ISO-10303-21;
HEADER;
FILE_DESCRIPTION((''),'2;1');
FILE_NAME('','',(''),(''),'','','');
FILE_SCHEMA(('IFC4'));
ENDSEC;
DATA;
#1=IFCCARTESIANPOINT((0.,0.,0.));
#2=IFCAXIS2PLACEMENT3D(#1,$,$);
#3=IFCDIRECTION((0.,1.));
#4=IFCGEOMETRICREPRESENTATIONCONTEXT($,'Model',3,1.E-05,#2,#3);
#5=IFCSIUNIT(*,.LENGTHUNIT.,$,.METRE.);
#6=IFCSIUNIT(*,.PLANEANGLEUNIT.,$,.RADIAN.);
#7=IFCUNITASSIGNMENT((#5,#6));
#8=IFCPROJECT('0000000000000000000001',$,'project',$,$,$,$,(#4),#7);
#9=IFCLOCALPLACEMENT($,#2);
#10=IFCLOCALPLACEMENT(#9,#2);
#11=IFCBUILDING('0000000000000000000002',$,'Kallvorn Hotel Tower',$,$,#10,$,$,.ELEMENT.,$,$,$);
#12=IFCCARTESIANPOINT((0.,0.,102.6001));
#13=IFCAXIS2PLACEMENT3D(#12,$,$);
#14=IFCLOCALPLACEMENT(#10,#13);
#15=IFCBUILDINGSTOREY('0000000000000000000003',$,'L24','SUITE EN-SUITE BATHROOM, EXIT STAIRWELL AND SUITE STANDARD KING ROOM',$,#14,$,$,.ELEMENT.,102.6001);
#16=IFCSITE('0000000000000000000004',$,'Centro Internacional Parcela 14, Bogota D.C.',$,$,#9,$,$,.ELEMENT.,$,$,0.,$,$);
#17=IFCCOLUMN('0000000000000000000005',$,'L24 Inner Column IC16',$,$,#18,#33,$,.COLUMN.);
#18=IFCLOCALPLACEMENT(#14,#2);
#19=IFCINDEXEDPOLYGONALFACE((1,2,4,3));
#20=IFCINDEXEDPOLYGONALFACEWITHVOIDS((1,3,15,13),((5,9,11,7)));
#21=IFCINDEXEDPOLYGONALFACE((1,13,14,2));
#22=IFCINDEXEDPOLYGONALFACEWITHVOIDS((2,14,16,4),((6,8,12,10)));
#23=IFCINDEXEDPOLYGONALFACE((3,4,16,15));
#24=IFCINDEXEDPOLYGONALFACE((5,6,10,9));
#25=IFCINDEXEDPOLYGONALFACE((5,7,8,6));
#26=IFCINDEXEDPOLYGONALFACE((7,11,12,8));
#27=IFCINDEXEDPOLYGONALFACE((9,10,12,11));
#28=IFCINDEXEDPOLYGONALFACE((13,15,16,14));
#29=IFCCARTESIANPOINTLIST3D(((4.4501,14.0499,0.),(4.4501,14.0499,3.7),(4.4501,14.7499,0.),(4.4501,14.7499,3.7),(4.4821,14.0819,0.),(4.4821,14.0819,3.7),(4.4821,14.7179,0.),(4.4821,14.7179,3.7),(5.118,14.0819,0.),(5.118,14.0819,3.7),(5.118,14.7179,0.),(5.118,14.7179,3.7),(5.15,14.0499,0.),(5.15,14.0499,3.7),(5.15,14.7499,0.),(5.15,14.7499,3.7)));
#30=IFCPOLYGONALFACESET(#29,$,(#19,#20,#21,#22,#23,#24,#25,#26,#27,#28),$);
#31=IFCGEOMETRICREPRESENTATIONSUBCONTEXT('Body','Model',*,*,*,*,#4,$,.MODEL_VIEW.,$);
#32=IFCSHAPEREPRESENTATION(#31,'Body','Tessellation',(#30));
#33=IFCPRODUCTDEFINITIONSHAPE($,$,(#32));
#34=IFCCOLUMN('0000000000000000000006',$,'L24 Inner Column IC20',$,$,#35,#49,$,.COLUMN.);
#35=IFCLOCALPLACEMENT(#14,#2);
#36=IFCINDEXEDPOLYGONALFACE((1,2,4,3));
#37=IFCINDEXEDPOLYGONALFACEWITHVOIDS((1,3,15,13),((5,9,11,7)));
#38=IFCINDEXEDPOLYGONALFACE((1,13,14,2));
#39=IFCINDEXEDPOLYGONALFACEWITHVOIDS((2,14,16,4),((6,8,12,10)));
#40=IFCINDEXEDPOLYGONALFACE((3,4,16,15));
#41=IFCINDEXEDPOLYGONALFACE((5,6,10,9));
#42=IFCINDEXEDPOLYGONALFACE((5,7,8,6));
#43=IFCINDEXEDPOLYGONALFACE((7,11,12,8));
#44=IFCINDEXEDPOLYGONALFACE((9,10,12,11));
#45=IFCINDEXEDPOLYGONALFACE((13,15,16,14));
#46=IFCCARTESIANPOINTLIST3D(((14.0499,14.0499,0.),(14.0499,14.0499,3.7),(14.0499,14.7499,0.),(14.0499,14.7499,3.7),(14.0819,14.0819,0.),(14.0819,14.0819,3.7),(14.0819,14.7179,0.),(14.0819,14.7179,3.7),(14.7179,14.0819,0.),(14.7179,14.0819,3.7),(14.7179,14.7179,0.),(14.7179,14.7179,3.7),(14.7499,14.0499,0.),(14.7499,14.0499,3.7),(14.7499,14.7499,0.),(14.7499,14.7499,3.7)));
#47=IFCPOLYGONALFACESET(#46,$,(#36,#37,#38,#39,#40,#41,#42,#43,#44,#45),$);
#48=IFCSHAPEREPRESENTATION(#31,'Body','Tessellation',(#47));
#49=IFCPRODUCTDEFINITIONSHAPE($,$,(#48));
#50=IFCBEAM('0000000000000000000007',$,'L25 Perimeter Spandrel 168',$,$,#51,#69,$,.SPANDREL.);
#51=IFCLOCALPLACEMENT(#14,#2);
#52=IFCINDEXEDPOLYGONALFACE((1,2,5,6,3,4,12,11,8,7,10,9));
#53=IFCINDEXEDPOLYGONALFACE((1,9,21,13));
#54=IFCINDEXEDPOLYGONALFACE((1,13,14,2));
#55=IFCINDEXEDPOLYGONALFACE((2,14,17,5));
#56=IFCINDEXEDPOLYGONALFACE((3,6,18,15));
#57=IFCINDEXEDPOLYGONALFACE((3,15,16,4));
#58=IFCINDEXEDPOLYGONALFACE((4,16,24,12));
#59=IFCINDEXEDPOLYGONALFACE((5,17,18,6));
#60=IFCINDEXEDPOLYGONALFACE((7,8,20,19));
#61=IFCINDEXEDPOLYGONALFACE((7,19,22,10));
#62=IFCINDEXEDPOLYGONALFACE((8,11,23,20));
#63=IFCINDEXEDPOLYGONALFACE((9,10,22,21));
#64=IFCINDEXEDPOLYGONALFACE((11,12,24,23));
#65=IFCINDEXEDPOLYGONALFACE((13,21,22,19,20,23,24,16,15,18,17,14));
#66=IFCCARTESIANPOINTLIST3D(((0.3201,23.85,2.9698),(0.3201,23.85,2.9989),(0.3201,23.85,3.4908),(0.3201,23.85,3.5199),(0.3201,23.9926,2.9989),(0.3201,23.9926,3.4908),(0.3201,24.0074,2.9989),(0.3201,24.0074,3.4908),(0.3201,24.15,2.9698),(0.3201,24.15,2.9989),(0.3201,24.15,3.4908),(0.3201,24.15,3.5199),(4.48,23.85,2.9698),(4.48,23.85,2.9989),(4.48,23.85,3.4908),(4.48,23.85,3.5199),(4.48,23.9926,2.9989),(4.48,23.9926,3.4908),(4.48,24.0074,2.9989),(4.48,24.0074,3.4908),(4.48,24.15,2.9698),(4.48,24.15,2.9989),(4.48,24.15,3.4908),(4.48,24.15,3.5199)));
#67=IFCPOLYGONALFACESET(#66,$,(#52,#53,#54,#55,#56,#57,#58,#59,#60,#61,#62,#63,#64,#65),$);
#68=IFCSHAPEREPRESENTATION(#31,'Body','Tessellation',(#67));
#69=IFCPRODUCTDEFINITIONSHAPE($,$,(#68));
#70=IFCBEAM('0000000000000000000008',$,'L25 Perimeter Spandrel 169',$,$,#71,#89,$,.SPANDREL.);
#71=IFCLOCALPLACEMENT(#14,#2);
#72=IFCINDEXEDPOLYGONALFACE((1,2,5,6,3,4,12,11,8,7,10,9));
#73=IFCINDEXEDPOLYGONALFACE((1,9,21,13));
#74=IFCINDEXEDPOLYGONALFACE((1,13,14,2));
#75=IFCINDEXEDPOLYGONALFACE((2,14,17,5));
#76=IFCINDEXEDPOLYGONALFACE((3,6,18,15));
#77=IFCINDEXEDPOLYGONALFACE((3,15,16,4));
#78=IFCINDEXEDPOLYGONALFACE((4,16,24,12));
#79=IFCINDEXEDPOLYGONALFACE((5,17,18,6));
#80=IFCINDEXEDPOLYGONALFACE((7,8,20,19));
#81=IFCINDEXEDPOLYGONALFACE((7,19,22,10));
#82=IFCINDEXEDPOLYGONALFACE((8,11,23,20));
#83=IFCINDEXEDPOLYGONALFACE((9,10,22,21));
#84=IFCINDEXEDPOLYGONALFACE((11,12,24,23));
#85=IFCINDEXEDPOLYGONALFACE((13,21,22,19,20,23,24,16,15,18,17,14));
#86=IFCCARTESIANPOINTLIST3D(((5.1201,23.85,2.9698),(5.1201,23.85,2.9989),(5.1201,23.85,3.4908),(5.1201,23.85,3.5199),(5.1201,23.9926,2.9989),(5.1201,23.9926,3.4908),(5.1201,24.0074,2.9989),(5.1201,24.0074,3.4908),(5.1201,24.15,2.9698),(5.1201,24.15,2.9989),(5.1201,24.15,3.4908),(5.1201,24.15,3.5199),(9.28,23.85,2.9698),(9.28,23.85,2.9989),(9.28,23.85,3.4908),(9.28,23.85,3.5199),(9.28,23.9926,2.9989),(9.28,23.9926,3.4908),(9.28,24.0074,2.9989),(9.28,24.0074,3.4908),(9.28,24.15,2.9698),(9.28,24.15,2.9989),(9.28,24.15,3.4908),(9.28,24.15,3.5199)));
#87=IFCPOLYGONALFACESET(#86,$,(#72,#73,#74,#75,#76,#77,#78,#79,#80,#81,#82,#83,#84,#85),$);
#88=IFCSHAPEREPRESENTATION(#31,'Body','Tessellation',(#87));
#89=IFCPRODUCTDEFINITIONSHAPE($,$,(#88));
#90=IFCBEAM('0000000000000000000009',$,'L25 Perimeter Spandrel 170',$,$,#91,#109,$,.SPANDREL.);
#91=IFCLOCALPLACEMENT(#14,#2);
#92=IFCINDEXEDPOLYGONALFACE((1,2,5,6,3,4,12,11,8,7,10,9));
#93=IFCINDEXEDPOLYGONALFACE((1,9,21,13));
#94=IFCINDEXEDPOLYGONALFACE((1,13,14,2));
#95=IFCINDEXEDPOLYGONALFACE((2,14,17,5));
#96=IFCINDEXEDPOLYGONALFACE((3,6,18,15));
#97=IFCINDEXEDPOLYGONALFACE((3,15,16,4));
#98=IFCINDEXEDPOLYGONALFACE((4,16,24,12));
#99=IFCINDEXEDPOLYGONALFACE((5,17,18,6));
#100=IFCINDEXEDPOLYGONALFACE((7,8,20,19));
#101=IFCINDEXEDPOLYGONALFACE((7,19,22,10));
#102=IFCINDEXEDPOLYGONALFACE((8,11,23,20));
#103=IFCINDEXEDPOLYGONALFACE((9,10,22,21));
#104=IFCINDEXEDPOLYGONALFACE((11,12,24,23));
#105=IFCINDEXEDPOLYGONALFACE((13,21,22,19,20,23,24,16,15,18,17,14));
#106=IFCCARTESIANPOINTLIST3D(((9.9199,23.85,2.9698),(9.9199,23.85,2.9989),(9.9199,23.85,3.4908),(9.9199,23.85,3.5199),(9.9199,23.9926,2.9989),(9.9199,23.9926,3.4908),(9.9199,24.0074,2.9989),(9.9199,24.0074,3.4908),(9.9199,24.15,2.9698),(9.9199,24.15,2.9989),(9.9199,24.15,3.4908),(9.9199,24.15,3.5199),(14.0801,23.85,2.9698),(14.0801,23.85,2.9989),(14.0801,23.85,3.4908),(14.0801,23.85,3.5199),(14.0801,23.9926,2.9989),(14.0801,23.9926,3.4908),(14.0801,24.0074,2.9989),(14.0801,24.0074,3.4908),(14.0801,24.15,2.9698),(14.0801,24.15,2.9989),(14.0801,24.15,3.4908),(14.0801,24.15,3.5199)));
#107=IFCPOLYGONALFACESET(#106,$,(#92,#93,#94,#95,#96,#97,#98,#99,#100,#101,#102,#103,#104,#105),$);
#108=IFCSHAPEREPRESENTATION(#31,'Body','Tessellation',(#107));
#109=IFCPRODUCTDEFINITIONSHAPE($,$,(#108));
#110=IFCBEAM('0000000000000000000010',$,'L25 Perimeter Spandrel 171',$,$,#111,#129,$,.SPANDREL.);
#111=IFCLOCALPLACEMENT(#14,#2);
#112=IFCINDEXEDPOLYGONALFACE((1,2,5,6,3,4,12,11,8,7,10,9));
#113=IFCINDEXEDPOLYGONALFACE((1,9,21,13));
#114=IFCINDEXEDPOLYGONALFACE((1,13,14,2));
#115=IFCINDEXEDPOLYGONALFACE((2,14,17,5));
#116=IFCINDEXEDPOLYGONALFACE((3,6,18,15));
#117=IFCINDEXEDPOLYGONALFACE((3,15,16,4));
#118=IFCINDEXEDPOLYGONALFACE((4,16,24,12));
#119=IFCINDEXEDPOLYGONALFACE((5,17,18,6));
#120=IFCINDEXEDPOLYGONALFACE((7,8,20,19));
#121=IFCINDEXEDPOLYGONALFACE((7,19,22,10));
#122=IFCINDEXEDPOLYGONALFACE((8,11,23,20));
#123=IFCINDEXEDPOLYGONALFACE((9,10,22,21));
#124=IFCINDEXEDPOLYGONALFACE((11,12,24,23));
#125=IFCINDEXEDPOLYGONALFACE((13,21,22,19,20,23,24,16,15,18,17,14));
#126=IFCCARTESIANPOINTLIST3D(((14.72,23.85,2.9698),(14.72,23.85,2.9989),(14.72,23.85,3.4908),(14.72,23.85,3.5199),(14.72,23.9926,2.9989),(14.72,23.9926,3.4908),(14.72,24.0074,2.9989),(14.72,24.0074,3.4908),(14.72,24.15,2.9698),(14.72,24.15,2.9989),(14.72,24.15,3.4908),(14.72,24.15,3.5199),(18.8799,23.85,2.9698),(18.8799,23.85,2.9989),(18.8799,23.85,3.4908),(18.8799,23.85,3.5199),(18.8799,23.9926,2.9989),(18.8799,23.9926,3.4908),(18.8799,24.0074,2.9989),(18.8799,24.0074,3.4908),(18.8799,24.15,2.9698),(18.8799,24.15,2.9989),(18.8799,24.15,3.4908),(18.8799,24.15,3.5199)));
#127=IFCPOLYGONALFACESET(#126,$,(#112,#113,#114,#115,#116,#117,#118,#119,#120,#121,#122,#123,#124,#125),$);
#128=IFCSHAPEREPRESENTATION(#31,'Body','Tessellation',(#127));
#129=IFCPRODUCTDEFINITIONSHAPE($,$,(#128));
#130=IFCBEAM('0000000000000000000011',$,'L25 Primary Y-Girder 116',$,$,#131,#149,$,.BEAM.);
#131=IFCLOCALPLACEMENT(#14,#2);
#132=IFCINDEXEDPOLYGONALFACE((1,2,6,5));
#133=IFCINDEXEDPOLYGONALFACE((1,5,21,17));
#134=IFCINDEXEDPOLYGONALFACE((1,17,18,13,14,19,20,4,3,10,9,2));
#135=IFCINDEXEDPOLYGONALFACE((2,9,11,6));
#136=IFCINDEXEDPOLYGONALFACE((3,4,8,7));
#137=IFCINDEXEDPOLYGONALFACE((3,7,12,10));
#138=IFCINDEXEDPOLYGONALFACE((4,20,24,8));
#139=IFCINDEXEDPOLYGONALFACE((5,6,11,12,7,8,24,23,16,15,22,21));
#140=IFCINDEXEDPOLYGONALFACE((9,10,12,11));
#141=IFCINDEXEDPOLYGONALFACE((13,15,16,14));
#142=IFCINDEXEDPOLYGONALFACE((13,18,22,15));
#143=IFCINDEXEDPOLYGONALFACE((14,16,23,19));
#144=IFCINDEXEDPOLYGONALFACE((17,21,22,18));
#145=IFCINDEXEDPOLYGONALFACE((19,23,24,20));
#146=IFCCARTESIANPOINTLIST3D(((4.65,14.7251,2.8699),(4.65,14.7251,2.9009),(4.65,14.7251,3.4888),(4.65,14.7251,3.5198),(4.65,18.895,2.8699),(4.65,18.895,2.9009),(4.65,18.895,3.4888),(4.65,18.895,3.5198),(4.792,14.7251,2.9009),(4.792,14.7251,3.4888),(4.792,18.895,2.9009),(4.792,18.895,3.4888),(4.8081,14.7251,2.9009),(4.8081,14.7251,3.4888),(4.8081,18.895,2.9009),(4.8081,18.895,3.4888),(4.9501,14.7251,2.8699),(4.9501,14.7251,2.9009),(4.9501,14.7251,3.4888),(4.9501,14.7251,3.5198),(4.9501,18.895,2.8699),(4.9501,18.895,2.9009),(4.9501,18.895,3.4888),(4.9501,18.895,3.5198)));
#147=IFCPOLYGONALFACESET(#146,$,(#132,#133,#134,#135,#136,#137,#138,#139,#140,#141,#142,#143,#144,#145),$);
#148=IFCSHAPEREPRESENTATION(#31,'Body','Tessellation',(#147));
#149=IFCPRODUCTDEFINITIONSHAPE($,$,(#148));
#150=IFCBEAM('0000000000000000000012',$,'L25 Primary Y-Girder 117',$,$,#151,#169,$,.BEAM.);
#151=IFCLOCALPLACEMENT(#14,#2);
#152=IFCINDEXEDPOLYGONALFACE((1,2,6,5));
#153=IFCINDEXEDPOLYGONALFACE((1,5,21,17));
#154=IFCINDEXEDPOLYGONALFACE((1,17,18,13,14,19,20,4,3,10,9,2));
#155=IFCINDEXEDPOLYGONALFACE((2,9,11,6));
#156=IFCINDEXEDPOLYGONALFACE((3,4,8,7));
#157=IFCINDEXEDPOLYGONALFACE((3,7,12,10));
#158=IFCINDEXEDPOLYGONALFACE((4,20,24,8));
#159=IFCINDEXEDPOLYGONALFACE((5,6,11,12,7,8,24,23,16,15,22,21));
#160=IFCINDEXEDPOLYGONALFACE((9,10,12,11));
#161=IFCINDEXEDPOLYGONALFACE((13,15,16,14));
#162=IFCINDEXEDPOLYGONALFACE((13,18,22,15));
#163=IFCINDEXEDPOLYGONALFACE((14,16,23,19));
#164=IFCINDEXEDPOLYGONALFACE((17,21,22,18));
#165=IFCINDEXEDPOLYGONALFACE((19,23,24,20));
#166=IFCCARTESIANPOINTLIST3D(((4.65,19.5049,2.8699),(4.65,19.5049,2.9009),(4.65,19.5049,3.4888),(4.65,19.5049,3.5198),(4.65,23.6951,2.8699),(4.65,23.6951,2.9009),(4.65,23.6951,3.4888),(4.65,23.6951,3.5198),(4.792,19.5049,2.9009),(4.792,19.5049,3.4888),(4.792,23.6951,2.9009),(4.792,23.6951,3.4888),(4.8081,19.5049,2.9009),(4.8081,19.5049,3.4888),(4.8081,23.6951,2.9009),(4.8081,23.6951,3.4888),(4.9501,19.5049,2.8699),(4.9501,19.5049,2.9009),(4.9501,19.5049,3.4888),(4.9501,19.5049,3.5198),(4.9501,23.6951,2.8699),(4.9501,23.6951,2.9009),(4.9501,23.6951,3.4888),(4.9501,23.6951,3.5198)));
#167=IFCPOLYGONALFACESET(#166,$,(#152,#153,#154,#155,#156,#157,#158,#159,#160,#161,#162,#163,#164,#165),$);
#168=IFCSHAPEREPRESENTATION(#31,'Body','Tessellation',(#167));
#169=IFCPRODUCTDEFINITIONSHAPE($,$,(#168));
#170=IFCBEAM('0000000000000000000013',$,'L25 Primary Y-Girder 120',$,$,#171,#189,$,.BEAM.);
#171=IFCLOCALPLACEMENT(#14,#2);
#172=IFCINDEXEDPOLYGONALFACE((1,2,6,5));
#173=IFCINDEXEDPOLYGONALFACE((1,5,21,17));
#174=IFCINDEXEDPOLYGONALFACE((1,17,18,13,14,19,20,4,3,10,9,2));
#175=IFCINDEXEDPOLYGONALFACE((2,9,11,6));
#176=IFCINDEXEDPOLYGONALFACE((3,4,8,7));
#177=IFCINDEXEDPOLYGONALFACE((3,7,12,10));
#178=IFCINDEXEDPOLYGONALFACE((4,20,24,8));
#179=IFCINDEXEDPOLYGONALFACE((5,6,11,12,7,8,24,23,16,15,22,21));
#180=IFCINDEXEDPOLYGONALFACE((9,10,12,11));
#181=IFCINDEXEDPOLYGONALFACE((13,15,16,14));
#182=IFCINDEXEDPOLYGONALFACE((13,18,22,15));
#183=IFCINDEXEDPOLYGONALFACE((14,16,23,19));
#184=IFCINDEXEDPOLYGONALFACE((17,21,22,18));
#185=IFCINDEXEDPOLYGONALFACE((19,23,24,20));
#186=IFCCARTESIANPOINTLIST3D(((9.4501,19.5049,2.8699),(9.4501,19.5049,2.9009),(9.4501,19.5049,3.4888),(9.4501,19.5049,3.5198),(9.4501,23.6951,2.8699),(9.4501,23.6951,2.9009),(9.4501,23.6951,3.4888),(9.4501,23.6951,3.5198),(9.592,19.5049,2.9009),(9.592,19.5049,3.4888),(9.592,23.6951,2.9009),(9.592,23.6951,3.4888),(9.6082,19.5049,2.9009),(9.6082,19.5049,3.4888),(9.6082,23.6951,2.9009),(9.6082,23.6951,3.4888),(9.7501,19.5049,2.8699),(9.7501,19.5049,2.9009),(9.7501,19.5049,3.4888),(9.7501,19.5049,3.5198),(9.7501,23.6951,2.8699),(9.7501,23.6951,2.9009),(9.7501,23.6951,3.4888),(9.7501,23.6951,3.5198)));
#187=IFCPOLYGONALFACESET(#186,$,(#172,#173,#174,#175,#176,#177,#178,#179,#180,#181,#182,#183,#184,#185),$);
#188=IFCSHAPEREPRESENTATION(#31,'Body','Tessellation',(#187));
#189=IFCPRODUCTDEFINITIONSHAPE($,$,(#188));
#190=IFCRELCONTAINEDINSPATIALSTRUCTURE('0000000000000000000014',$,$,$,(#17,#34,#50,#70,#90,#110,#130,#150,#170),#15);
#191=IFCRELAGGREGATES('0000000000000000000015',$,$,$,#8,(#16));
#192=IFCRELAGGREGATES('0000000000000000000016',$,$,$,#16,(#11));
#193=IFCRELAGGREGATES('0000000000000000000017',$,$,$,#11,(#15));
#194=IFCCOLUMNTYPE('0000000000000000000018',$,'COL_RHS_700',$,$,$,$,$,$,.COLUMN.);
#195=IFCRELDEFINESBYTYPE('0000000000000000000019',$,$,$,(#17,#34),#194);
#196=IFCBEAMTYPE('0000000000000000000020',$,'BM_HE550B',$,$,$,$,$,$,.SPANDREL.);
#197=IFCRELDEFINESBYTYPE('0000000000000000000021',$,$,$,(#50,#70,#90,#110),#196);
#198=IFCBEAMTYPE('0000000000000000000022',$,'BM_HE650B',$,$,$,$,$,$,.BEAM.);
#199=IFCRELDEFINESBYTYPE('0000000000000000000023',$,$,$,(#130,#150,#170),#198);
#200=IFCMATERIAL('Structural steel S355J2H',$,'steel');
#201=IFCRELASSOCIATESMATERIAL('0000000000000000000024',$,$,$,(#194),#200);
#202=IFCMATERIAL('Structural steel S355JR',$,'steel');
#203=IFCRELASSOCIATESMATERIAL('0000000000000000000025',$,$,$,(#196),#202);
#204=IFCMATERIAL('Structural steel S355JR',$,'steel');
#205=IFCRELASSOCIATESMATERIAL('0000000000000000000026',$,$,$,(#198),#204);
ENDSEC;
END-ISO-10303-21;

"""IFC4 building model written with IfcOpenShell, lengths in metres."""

from ifc_helpers import new_model, si_unit, direction, frame, origin, origin_2d, place, context, subcontext, project, spatial, hollow_rectangle, i_section, extrude, material, material_profile, profile_set, type_object, element, save


model = new_model("IFC4")

# Units and contexts
model_context = context("Model", 3, precision=1e-05, world=origin(), true_north=direction((0.0, 1.0)))
body_context = subcontext(model_context, "Body", "Model", "MODEL_VIEW")
ifc_project = project(units=[si_unit("LENGTHUNIT", "METRE"), si_unit("PLANEANGLEUNIT", "RADIAN")], contexts=[model_context])

# Site, building, storey
site_placement = place(None, origin())
site = spatial("IfcSite", under=ifc_project, at=site_placement, Name="Centro Internacional Parcela 14, Bogota D.C.", CompositionType="ELEMENT", RefElevation=0.0)
building_placement = place(site_placement, origin())
building = spatial("IfcBuilding", under=site, at=building_placement, Name="Kallvorn Hotel Tower", CompositionType="ELEMENT")
storey_placement = place(building_placement, frame((0.0, 0.0, 102.6001)))
storey = spatial("IfcBuildingStorey", under=building, at=storey_placement, Name="L24", Description="SUITE EN-SUITE BATHROOM, EXIT STAIRWELL AND SUITE STANDARD KING ROOM", CompositionType="ELEMENT", Elevation=102.6001)

# Columns
ifc_material_1 = material(Name="Structural steel S355J2H", Category="steel")
ifc_material_profile_1 = material_profile(ifc_material_1, hollow_rectangle(XDim=0.7, YDim=0.7, WallThickness=0.032, at=origin_2d()), Name="RHS 700x700x32")
ifc_profile_set_1 = profile_set([ifc_material_profile_1], Name="Structural steel S355J2H")
column_type_1 = type_object("IfcColumnType", Name="COL_RHS_700", PredefinedType="COLUMN", material=ifc_profile_set_1)
for number, where, z_axis, x_axis, name in (
    (1, (4.8, 14.3999, 0.0), (0.0, 0.0, 1.0), (1.0, 0.0, 0.0), "L24 Inner Column IC16"),
    (2, (14.3999, 14.3999, 0.0), (0.0, 0.0, 1.0), (1.0, 0.0, 0.0), "L24 Inner Column IC20"),
):
    element("IfcColumn", number, at=place(storey_placement, frame(where, z_axis=z_axis, x_axis=x_axis)), inside=storey, type_object=column_type_1, Name=name, PredefinedType="COLUMN", context=body_context, shape_type="SweptSolid", body=[
        extrude(hollow_rectangle(XDim=0.7, YDim=0.7, WallThickness=0.032, at=origin_2d()), origin(), (0.0, 0.0, 1.0), 3.7),
    ])

# Beams
ifc_material_2 = material(Name="Structural steel S355JR", Category="steel")
ifc_material_profile_2 = material_profile(ifc_material_2, i_section(OverallWidth=0.3, OverallDepth=0.55, WebThickness=0.0149, FlangeThickness=0.0291, at=origin_2d()), Name="HE 550 B")
ifc_profile_set_2 = profile_set([ifc_material_profile_2], Name="Structural steel S355JR")
beam_type_1 = type_object("IfcBeamType", Name="BM_HE550B", PredefinedType="SPANDREL", material=ifc_profile_set_2)
for number, where, z_axis, x_axis, name in (
    (3, (0.3201, 24.0, 3.2449), (1.0, 0.0, 0.0), (0.0, 1.0, 0.0), "L25 Perimeter Spandrel 168"),
    (4, (5.1201, 24.0, 3.2449), (1.0, 0.0, 0.0), (0.0, 1.0, 0.0), "L25 Perimeter Spandrel 169"),
):
    element("IfcBeam", number, at=place(storey_placement, frame(where, z_axis=z_axis, x_axis=x_axis)), inside=storey, type_object=beam_type_1, Name=name, PredefinedType="SPANDREL", context=body_context, shape_type="SweptSolid", body=[
        extrude(i_section(OverallWidth=0.3, OverallDepth=0.55, WebThickness=0.0149, FlangeThickness=0.0291, at=origin_2d()), origin(), (0.0, 0.0, 1.0), 4.1599),
    ])
beam_1_placement = place(storey_placement, frame((9.9199, 24.0, 3.2449), z_axis=(1.0, 0.0, 0.0), x_axis=(0.0, 1.0, 0.0)))
element("IfcBeam", 5, at=beam_1_placement, inside=storey, type_object=beam_type_1, Name="L25 Perimeter Spandrel 170", PredefinedType="SPANDREL", context=body_context, shape_type="SweptSolid", body=[
    extrude(i_section(OverallWidth=0.3, OverallDepth=0.55, WebThickness=0.0149, FlangeThickness=0.0291, at=origin_2d()), origin(), (0.0, 0.0, 1.0), 4.1602),
])
beam_2_placement = place(storey_placement, frame((14.72, 24.0, 3.2449), z_axis=(1.0, 0.0, 0.0), x_axis=(0.0, 1.0, 0.0)))
element("IfcBeam", 6, at=beam_2_placement, inside=storey, type_object=beam_type_1, Name="L25 Perimeter Spandrel 171", PredefinedType="SPANDREL", context=body_context, shape_type="SweptSolid", body=[
    extrude(i_section(OverallWidth=0.3, OverallDepth=0.55, WebThickness=0.0149, FlangeThickness=0.0291, at=origin_2d()), origin(), (0.0, 0.0, 1.0), 4.1599),
])
ifc_material_3 = material(Name="Structural steel S355JR", Category="steel")
ifc_material_profile_3 = material_profile(ifc_material_3, i_section(OverallWidth=0.3, OverallDepth=0.6499, WebThickness=0.0161, FlangeThickness=0.031, at=origin_2d()), Name="HE 650 B")
ifc_profile_set_3 = profile_set([ifc_material_profile_3], Name="Structural steel S355JR")
beam_type_2 = type_object("IfcBeamType", Name="BM_HE650B", PredefinedType="BEAM", material=ifc_profile_set_3)
beam_3_placement = place(storey_placement, frame((4.8, 14.7251, 3.1948), z_axis=(0.0, 1.0, 0.0), x_axis=(-1.0, 0.0, 0.0)))
element("IfcBeam", 7, at=beam_3_placement, inside=storey, type_object=beam_type_2, Name="L25 Primary Y-Girder 116", PredefinedType="BEAM", context=body_context, shape_type="SweptSolid", body=[
    extrude(i_section(OverallWidth=0.3, OverallDepth=0.6499, WebThickness=0.0161, FlangeThickness=0.031, at=origin_2d()), origin(), (0.0, 0.0, 1.0), 4.1699),
])
for number, where, z_axis, x_axis, name in (
    (8, (4.8, 19.5049, 3.1948), (0.0, 1.0, 0.0), (-1.0, 0.0, 0.0), "L25 Primary Y-Girder 117"),
    (9, (9.6001, 19.5049, 3.1948), (0.0, 1.0, 0.0), (-1.0, 0.0, 0.0), "L25 Primary Y-Girder 120"),
):
    element("IfcBeam", number, at=place(storey_placement, frame(where, z_axis=z_axis, x_axis=x_axis)), inside=storey, type_object=beam_type_2, Name=name, PredefinedType="BEAM", context=body_context, shape_type="SweptSolid", body=[
        extrude(i_section(OverallWidth=0.3, OverallDepth=0.6499, WebThickness=0.0161, FlangeThickness=0.031, at=origin_2d()), origin(), (0.0, 0.0, 1.0), 4.1902),
    ])

save(model, "model.ifc")
